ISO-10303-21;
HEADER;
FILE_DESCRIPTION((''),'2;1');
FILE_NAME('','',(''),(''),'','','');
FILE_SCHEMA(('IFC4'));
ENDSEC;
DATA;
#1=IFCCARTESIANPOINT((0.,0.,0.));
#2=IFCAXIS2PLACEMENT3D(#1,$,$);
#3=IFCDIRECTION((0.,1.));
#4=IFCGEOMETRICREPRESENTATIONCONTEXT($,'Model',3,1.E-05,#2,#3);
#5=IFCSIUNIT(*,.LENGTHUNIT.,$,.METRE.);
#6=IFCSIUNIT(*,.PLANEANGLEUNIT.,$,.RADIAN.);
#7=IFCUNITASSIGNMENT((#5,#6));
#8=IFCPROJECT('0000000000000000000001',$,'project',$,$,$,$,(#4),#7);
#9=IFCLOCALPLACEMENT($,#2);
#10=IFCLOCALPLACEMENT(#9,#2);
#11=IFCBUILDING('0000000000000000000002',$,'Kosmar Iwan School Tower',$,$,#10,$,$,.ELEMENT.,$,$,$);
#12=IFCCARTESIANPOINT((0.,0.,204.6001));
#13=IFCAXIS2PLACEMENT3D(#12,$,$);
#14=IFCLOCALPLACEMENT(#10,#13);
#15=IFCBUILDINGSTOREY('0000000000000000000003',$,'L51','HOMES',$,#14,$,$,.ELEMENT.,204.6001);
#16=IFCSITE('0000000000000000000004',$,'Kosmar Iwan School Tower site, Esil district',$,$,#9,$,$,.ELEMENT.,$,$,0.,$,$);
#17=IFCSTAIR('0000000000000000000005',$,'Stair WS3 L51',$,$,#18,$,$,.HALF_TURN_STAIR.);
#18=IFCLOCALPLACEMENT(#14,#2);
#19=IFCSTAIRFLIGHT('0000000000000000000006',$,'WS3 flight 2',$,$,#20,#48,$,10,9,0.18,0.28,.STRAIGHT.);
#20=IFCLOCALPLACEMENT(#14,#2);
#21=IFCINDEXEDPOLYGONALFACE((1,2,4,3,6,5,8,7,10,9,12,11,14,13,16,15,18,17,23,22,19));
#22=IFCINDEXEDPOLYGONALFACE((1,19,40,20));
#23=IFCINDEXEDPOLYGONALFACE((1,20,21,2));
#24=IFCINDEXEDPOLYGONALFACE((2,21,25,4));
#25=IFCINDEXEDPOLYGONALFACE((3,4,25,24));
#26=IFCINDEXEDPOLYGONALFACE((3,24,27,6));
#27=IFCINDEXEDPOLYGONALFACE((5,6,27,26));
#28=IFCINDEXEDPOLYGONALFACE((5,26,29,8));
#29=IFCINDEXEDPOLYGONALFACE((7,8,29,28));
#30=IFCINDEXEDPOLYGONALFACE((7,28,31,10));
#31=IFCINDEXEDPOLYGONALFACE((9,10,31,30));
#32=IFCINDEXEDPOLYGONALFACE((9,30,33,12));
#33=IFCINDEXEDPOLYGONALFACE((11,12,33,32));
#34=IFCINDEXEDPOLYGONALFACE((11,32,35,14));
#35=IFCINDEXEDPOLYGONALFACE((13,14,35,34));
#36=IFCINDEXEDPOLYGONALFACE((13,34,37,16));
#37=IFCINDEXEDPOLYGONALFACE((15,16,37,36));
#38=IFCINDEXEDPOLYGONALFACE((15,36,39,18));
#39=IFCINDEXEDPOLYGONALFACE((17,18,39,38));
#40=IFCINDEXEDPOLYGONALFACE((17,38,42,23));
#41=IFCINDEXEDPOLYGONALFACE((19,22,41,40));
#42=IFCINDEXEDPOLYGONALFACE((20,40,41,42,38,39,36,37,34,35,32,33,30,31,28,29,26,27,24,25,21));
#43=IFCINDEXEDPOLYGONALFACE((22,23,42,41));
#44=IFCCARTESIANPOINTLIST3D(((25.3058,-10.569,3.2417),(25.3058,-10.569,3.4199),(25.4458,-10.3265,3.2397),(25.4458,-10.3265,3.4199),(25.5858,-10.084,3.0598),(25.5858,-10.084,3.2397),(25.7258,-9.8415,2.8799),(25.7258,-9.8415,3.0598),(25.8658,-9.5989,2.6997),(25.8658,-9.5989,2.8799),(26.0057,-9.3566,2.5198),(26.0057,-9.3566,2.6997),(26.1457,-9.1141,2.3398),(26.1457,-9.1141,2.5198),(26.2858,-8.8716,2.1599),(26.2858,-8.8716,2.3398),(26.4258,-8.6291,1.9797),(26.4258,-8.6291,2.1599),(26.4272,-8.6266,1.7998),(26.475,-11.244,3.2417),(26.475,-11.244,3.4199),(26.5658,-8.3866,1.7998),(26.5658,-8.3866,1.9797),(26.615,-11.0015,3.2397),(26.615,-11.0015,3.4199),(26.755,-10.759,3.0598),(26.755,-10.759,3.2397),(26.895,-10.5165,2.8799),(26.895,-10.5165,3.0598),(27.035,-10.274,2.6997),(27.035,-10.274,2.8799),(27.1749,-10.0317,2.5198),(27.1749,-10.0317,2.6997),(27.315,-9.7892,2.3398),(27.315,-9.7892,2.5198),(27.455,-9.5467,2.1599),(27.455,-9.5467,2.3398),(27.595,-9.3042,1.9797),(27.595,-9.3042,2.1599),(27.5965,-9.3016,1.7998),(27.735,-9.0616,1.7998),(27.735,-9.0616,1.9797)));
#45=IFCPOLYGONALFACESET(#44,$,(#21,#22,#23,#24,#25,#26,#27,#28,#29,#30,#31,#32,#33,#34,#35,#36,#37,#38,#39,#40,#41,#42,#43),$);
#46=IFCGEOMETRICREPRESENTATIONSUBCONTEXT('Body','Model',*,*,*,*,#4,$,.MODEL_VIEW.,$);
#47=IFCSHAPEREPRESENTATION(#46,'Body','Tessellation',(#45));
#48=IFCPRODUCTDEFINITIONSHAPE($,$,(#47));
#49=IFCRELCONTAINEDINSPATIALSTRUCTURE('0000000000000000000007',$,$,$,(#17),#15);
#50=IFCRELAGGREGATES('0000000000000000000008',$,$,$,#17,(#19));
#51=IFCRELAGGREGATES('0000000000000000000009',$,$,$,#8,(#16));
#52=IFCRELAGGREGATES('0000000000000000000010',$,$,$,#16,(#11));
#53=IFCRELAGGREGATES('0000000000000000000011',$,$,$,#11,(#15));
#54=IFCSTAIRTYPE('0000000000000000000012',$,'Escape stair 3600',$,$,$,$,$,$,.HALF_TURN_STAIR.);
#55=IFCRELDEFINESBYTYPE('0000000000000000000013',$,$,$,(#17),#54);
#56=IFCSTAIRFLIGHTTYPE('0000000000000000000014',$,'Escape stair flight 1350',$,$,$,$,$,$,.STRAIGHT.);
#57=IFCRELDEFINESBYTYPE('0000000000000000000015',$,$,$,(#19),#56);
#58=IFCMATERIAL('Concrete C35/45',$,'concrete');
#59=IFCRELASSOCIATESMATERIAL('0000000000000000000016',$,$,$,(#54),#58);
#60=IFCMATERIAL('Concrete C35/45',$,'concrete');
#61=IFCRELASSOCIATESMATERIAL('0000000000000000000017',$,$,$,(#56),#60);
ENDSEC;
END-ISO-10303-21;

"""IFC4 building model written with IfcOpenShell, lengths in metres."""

from ifc_helpers import new_model, si_unit, direction, frame, origin, place, context, subcontext, project, spatial, polyline, outline, extrude, material, type_object, element, aggregate, save


model = new_model("IFC4")

# Units and contexts
model_context = context("Model", 3, precision=1e-05, world=origin(), true_north=direction((0.0, 1.0)))
body_context = subcontext(model_context, "Body", "Model", "MODEL_VIEW")
ifc_project = project(units=[si_unit("LENGTHUNIT", "METRE"), si_unit("PLANEANGLEUNIT", "RADIAN")], contexts=[model_context])

# Site, building, storey
site_placement = place(None, origin())
site = spatial("IfcSite", under=ifc_project, at=site_placement, Name="Kosmar Iwan School Tower site, Esil district", CompositionType="ELEMENT", RefElevation=0.0)
building_placement = place(site_placement, origin())
building = spatial("IfcBuilding", under=site, at=building_placement, Name="Kosmar Iwan School Tower", CompositionType="ELEMENT")
storey_placement = place(building_placement, frame((0.0, 0.0, 204.6001)))
storey = spatial("IfcBuildingStorey", under=building, at=storey_placement, Name="L51", Description="HOMES", CompositionType="ELEMENT", Elevation=204.6001)

# Stair, stair flight
ifc_material_1 = material(Name="Concrete C35/45", Category="concrete")
stair_type = type_object("IfcStairType", Name="Escape stair 3600", PredefinedType="HALF_TURN_STAIR", material=ifc_material_1)
stair_placement = place(storey_placement, origin())
stair = element("IfcStair", 1, at=stair_placement, inside=storey, type_object=stair_type, Name="Stair WS3 L51", PredefinedType="HALF_TURN_STAIR")
ifc_material_2 = material(Name="Concrete C35/45", Category="concrete")
stair_flight_type = type_object("IfcStairFlightType", Name="Escape stair flight 1350", PredefinedType="STRAIGHT", material=ifc_material_2)
stair_flight_1_placement = place(storey_placement, frame((27.1504, -8.7241, 1.7998), z_axis=(0.0, 0.0, 1.0), x_axis=(-0.5, -0.866025, 0.0)))
stair_flight_1 = element("IfcStairFlight", 2, at=stair_flight_1_placement, type_object=stair_flight_type, Name="WS3 flight 2", NumberOfRisers=10, NumberOfTreads=9, PredefinedType="STRAIGHT", RiserHeight=0.18, TreadLength=0.28, context=body_context, shape_type="SweptSolid", body=[
    extrude(outline(polyline([(0.0, 0.0), (0.0, 0.1799), (0.28, 0.1799), (0.28, 0.3601), (0.5601, 0.3601), (0.5601, 0.54), (0.8401, 0.54), (0.8401, 0.72), (1.1201, 0.72), (1.1201, 0.8999), (1.3999, 0.8999), (1.3999, 1.0801), (1.6799, 1.0801), (1.6799, 1.26), (1.96, 1.26), (1.96, 1.4399), (2.24, 1.4399), (2.24, 1.6201), (2.52, 1.6201), (2.52, 1.8), (2.52, 1.4419), (0.2771, 0.0), (0.0, 0.0)])), frame((0.0, 0.675, 0.0), z_axis=(0.0, -1.0, 0.0), x_axis=(1.0, 0.0, 0.0)), (0.0, 0.0, 1.0), 1.3501),
])
aggregate(stair, [stair_flight_1])

save(model, "model.ifc")
